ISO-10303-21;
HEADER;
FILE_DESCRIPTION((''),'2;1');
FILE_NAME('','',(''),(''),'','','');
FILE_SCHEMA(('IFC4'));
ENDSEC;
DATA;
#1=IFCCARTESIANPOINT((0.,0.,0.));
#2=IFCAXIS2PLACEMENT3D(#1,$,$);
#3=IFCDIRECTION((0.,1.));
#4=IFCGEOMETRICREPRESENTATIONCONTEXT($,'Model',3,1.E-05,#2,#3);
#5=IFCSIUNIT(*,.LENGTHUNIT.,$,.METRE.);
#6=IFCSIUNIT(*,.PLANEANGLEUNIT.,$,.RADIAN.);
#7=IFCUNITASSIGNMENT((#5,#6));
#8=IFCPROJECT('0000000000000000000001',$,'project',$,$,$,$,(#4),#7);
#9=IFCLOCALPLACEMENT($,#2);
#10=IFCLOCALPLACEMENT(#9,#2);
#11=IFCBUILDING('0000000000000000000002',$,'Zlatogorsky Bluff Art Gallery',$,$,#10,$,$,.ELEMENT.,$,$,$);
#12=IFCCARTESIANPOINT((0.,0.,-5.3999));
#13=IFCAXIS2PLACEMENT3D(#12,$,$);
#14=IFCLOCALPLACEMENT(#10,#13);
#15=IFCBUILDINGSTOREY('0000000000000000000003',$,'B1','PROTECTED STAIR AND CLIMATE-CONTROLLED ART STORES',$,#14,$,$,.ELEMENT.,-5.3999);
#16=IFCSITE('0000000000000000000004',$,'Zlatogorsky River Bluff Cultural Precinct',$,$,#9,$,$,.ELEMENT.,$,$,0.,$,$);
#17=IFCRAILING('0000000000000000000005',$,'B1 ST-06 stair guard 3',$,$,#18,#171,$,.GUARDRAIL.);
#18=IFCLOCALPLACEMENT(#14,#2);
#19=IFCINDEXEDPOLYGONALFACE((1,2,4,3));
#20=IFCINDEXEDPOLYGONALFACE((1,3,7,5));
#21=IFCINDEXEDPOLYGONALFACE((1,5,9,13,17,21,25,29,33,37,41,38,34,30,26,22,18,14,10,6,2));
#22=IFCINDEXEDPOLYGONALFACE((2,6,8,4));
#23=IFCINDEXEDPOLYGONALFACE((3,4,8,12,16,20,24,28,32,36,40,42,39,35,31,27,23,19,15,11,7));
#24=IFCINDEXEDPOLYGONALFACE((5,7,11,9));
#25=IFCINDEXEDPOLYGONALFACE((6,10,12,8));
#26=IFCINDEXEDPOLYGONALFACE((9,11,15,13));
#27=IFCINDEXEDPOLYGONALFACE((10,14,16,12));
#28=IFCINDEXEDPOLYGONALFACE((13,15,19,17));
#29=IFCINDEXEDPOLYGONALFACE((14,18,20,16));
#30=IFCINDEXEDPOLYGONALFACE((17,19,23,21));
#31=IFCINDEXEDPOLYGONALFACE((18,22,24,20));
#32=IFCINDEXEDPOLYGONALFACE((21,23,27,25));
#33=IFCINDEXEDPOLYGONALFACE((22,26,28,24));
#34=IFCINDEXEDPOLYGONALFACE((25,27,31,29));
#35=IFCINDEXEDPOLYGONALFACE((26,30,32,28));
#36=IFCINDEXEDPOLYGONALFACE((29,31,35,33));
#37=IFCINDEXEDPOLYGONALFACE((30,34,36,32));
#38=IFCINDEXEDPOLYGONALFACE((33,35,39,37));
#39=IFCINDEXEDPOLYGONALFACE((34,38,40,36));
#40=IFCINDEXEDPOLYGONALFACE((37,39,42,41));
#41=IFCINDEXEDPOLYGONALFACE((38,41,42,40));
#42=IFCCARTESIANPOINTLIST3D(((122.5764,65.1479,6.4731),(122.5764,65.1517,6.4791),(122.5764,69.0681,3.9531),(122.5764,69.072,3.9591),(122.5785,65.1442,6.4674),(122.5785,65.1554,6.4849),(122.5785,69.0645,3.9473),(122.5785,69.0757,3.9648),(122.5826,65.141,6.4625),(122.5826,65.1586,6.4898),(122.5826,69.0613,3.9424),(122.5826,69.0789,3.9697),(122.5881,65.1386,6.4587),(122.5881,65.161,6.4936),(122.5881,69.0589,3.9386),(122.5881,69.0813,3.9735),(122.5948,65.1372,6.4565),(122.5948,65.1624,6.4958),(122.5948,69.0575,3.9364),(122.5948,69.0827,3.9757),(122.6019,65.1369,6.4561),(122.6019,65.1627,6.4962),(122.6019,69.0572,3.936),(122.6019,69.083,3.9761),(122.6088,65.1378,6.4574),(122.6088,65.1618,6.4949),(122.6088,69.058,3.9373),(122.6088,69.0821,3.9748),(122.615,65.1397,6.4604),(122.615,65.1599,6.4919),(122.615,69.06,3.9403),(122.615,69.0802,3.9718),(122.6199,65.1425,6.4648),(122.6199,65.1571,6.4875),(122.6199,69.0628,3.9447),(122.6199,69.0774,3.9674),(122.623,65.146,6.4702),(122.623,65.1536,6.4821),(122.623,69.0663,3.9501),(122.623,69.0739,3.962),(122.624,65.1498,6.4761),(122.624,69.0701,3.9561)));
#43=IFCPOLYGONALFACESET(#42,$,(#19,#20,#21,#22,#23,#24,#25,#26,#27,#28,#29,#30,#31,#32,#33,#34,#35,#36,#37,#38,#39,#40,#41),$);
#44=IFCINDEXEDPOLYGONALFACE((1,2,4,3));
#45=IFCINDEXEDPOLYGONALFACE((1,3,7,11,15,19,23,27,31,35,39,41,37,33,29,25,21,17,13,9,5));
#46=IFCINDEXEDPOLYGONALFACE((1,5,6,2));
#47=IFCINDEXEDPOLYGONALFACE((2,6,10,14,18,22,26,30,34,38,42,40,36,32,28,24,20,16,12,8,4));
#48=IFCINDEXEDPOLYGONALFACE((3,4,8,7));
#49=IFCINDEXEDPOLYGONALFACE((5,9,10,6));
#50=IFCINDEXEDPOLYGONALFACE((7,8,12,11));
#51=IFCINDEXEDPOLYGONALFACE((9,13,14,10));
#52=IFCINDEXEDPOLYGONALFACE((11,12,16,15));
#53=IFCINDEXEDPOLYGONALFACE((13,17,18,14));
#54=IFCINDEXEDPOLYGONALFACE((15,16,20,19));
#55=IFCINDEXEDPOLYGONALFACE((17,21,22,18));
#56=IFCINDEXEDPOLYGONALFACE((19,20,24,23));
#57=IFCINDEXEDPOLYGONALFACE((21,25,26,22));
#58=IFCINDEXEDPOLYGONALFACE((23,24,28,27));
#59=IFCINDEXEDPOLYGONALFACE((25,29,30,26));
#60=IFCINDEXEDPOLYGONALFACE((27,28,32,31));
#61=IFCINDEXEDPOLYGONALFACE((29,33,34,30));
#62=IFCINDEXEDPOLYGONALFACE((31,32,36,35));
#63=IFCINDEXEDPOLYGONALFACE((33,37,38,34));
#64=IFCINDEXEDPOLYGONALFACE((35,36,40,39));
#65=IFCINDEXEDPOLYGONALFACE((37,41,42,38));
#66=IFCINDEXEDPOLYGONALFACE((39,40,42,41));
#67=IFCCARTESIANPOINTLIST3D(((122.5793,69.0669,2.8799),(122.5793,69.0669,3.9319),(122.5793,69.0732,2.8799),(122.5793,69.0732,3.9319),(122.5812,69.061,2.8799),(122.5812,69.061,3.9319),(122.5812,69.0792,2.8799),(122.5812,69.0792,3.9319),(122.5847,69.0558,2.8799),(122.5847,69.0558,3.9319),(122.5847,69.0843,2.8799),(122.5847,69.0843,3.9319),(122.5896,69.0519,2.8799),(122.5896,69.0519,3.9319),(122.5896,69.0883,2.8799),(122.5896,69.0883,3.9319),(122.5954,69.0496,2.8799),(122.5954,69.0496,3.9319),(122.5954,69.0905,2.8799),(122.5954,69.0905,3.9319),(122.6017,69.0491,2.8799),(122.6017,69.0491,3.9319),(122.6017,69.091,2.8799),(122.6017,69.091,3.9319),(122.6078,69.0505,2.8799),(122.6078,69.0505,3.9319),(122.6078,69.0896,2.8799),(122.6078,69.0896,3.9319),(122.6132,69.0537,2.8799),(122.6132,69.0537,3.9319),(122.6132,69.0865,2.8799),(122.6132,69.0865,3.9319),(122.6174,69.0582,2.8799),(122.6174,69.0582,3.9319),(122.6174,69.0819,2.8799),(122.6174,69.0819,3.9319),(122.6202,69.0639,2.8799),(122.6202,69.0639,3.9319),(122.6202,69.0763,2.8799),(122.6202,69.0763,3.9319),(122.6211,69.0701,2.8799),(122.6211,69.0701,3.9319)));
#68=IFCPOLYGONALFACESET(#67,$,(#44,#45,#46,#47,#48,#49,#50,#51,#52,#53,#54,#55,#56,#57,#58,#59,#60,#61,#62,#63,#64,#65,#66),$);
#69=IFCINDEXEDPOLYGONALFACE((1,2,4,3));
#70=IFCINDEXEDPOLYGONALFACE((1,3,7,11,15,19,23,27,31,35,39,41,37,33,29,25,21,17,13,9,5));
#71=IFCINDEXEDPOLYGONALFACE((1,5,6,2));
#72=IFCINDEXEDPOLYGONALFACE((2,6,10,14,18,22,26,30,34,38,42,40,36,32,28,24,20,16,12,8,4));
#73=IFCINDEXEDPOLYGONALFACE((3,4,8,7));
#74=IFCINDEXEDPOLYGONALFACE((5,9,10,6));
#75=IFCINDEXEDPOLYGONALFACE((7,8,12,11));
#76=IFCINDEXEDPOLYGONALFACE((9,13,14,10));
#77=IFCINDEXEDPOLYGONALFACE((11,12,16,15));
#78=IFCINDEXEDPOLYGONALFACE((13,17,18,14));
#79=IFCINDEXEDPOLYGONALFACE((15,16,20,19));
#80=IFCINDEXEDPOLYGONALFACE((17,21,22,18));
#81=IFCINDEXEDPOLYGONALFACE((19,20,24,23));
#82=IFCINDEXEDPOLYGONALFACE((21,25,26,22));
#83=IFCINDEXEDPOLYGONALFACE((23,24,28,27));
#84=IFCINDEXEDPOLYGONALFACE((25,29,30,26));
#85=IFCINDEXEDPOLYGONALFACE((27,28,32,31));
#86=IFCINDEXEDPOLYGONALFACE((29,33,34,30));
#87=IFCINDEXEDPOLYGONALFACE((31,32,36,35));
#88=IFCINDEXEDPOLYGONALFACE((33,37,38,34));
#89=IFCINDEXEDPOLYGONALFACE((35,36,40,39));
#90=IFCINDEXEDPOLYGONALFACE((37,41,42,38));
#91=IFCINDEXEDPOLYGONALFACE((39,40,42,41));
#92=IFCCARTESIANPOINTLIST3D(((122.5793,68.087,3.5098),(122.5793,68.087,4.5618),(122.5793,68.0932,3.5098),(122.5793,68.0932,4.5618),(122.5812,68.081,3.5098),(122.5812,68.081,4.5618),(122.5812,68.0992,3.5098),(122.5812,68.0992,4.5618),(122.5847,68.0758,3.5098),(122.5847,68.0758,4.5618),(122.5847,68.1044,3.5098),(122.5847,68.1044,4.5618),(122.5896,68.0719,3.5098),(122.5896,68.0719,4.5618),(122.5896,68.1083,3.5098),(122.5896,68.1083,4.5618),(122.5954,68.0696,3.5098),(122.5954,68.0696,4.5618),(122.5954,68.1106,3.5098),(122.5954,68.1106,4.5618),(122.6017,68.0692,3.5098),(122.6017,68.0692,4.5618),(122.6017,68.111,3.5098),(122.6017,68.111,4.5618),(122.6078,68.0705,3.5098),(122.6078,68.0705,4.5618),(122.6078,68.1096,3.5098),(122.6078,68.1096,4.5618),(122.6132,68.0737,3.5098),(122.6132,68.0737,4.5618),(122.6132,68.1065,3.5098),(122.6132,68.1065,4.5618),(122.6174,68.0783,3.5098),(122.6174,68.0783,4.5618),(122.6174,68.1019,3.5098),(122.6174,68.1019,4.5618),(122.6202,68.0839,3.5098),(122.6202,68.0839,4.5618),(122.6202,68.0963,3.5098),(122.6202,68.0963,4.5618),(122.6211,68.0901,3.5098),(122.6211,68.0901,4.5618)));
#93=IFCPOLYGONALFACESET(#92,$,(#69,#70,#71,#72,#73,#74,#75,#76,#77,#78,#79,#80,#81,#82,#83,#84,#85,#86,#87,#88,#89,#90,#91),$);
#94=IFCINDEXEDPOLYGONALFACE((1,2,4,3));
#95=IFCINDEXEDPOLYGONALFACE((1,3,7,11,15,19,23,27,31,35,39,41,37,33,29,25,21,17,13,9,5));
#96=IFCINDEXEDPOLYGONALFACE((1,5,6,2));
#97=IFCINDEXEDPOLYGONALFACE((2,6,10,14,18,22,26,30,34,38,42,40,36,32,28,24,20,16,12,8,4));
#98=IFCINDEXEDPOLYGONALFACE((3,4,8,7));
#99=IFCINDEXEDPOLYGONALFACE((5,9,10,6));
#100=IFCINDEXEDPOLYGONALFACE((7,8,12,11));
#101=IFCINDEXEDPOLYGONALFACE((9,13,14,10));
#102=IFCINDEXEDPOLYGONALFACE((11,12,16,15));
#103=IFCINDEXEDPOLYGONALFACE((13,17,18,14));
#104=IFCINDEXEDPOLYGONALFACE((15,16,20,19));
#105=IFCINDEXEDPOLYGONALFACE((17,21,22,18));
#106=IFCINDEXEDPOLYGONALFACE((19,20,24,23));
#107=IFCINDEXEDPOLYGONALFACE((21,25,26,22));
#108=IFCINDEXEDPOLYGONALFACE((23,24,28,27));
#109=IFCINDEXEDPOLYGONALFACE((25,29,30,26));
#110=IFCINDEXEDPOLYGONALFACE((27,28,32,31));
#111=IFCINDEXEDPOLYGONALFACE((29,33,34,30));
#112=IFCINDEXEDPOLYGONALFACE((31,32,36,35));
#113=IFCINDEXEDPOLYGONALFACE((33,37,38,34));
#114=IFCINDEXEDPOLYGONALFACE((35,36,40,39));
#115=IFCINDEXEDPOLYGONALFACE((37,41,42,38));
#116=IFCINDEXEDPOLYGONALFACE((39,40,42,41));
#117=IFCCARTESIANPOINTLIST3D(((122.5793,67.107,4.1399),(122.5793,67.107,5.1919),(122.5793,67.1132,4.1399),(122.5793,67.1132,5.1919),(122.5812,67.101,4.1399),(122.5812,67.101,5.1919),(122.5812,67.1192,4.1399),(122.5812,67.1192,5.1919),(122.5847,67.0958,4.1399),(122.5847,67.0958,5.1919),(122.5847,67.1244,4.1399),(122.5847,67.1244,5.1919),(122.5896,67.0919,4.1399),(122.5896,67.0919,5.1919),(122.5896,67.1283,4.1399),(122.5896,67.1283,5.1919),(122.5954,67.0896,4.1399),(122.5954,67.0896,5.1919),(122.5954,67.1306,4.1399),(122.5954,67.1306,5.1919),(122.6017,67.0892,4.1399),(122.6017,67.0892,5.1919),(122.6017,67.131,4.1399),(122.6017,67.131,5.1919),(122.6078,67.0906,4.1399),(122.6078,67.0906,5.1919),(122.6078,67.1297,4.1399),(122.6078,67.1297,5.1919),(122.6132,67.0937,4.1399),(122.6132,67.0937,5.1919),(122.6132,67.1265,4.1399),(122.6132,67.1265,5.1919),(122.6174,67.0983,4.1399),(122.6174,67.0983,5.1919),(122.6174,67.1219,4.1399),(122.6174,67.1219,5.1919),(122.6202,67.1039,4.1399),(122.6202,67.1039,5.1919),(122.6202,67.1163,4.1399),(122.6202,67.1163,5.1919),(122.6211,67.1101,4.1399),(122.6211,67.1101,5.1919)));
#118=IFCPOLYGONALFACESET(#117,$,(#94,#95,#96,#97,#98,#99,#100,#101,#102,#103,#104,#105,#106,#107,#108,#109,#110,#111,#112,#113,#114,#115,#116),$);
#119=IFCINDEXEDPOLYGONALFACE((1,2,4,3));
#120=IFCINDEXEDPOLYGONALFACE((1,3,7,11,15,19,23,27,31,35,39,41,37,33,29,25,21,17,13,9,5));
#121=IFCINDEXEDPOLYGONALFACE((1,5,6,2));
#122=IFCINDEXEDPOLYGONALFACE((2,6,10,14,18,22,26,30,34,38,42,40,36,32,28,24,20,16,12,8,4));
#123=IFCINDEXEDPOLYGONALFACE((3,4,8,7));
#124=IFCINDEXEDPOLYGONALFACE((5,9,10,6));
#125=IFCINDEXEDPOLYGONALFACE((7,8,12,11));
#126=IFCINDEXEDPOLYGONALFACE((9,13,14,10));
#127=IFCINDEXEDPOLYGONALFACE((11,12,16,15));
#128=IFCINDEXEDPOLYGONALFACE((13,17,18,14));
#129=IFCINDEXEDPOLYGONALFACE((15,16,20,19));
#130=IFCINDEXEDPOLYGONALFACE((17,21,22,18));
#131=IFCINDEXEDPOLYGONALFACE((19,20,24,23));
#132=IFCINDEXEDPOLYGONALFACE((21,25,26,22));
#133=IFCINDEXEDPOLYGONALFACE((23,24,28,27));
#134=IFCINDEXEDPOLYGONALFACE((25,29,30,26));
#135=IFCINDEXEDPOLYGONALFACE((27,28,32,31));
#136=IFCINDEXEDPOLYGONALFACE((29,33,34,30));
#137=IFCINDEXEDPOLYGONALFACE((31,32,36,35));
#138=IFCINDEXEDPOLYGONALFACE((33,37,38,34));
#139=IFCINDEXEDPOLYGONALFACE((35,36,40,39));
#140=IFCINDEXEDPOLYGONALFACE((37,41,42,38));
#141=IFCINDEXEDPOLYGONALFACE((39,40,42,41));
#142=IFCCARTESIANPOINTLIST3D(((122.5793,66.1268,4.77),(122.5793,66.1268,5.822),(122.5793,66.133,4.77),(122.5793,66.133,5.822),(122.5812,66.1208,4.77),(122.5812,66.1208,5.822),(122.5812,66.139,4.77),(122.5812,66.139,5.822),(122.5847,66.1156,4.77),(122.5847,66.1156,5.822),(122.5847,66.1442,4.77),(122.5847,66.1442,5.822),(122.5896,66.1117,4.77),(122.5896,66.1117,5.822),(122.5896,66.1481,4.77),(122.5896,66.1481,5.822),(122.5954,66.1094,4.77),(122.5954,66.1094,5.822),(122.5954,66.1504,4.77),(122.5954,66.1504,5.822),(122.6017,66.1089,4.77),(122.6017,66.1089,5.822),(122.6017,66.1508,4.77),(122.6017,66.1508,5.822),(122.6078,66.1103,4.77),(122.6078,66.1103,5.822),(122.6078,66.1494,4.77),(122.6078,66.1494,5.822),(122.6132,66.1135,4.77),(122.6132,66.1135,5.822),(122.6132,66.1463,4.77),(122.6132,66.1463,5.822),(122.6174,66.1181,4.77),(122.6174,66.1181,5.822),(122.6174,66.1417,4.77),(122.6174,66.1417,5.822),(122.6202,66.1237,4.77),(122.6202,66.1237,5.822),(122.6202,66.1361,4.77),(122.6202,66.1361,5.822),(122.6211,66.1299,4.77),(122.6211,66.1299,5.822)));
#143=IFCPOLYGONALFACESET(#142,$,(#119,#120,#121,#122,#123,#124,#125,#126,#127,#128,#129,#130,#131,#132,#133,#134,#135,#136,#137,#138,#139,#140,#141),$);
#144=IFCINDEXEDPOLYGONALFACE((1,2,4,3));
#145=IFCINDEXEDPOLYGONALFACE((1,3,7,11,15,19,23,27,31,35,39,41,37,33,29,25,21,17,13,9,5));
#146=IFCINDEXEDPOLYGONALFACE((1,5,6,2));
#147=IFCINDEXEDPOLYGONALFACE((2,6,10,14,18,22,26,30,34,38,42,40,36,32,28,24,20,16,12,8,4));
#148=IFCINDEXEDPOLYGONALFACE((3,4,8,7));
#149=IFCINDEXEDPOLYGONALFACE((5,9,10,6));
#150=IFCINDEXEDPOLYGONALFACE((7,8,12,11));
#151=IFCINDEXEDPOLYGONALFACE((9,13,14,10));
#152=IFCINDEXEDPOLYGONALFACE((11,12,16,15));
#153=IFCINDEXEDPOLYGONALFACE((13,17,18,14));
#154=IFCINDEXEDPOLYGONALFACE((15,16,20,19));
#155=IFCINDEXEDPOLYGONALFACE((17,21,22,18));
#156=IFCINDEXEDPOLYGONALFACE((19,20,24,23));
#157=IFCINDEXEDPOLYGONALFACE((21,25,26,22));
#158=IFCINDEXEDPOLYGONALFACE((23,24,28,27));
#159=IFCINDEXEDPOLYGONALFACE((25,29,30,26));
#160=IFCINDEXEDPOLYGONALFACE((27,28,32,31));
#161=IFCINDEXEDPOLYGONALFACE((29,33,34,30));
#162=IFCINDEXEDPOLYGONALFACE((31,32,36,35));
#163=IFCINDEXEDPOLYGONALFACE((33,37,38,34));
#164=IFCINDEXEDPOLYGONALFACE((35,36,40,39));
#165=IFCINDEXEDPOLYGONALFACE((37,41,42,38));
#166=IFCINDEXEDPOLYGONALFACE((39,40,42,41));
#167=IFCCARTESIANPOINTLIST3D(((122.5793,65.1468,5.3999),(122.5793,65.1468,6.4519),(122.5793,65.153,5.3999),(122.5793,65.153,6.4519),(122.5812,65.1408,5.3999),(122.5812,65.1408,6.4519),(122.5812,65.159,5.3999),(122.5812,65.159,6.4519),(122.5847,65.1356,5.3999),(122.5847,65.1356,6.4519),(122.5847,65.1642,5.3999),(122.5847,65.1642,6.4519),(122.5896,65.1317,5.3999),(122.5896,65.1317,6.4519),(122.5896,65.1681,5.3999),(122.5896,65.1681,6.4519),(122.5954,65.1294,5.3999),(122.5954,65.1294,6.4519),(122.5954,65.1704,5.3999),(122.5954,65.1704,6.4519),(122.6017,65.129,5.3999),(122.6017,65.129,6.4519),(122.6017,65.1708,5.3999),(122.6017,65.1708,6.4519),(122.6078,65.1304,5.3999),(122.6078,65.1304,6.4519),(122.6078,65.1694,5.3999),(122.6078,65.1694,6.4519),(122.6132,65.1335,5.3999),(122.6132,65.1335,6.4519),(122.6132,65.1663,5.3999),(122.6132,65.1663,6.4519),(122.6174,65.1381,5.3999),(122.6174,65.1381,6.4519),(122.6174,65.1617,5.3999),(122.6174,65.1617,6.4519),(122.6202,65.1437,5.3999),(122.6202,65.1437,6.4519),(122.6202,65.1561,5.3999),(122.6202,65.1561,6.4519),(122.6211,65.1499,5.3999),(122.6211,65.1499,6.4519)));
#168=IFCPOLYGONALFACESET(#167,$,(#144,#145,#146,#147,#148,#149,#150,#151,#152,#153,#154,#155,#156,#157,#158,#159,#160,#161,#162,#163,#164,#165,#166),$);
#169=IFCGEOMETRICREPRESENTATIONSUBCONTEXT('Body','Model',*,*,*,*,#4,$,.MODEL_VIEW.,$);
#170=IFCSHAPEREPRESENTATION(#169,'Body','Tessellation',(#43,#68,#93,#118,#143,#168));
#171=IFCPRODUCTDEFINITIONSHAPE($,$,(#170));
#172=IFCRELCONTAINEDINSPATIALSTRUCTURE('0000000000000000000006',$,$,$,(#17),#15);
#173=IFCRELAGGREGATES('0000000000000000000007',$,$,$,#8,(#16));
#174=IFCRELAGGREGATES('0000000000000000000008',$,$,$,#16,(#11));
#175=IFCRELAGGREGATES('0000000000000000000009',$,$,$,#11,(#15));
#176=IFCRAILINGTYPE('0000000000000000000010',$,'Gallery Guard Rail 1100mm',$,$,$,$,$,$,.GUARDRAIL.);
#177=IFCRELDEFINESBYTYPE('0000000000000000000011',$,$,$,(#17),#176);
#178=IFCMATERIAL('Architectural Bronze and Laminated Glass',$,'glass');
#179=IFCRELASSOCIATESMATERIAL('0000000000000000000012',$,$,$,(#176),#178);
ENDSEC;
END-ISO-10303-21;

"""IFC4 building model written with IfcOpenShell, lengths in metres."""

from ifc_helpers import new_model, si_unit, direction, frame, origin, origin_2d, place, context, subcontext, project, spatial, circle, extrude, material, type_object, element, save


model = new_model("IFC4")

# Units and contexts
model_context = context("Model", 3, precision=1e-05, world=origin(), true_north=direction((0.0, 1.0)))
body_context = subcontext(model_context, "Body", "Model", "MODEL_VIEW")
ifc_project = project(units=[si_unit("LENGTHUNIT", "METRE"), si_unit("PLANEANGLEUNIT", "RADIAN")], contexts=[model_context])

# Site, building, storey
site_placement = place(None, origin())
site = spatial("IfcSite", under=ifc_project, at=site_placement, Name="Zlatogorsky River Bluff Cultural Precinct", CompositionType="ELEMENT", RefElevation=0.0)
building_placement = place(site_placement, origin())
building = spatial("IfcBuilding", under=site, at=building_placement, Name="Zlatogorsky Bluff Art Gallery", CompositionType="ELEMENT")
storey_placement = place(building_placement, frame((0.0, 0.0, -5.3999)))
storey = spatial("IfcBuildingStorey", under=building, at=storey_placement, Name="B1", Description="PROTECTED STAIR AND CLIMATE-CONTROLLED ART STORES", CompositionType="ELEMENT", Elevation=-5.3999)

# Railing
ifc_material_1 = material(Name="Architectural Bronze and Laminated Glass", Category="glass")
railing_type_1 = type_object("IfcRailingType", Name="Gallery Guard Rail 1100mm", PredefinedType="GUARDRAIL", material=ifc_material_1)
railing_1_placement = place(storey_placement, frame((122.6001, 69.0701, 2.8799)))
element("IfcRailing", 1, at=railing_1_placement, inside=storey, type_object=railing_type_1, Name="B1 ST-06 stair guard 3", PredefinedType="GUARDRAIL", context=body_context, shape_type="SweptSolid", body=[
    extrude(circle(Radius=0.0239, at=origin_2d()), frame((0.0, 0.0, 1.0762), z_axis=(0.0, -0.841187, 0.540744), x_axis=(1.0, 0.0, 0.0)), (0.0, 0.0, 1.0), 4.6604),
    extrude(circle(Radius=0.021, at=origin_2d()), origin(), (0.0, 0.0, 1.0), 1.052),
    extrude(circle(Radius=0.021, at=origin_2d()), frame((0.0, -0.98, 0.6299)), (0.0, 0.0, 1.0), 1.052),
    extrude(circle(Radius=0.021, at=origin_2d()), frame((0.0, -1.96, 1.26)), (0.0, 0.0, 1.0), 1.052),
    extrude(circle(Radius=0.021, at=origin_2d()), frame((0.0, -2.9402, 1.8901)), (0.0, 0.0, 1.0), 1.052),
    extrude(circle(Radius=0.021, at=origin_2d()), frame((0.0, -3.9202, 2.52)), (0.0, 0.0, 1.0), 1.052),
])

save(model, "model.ifc")
